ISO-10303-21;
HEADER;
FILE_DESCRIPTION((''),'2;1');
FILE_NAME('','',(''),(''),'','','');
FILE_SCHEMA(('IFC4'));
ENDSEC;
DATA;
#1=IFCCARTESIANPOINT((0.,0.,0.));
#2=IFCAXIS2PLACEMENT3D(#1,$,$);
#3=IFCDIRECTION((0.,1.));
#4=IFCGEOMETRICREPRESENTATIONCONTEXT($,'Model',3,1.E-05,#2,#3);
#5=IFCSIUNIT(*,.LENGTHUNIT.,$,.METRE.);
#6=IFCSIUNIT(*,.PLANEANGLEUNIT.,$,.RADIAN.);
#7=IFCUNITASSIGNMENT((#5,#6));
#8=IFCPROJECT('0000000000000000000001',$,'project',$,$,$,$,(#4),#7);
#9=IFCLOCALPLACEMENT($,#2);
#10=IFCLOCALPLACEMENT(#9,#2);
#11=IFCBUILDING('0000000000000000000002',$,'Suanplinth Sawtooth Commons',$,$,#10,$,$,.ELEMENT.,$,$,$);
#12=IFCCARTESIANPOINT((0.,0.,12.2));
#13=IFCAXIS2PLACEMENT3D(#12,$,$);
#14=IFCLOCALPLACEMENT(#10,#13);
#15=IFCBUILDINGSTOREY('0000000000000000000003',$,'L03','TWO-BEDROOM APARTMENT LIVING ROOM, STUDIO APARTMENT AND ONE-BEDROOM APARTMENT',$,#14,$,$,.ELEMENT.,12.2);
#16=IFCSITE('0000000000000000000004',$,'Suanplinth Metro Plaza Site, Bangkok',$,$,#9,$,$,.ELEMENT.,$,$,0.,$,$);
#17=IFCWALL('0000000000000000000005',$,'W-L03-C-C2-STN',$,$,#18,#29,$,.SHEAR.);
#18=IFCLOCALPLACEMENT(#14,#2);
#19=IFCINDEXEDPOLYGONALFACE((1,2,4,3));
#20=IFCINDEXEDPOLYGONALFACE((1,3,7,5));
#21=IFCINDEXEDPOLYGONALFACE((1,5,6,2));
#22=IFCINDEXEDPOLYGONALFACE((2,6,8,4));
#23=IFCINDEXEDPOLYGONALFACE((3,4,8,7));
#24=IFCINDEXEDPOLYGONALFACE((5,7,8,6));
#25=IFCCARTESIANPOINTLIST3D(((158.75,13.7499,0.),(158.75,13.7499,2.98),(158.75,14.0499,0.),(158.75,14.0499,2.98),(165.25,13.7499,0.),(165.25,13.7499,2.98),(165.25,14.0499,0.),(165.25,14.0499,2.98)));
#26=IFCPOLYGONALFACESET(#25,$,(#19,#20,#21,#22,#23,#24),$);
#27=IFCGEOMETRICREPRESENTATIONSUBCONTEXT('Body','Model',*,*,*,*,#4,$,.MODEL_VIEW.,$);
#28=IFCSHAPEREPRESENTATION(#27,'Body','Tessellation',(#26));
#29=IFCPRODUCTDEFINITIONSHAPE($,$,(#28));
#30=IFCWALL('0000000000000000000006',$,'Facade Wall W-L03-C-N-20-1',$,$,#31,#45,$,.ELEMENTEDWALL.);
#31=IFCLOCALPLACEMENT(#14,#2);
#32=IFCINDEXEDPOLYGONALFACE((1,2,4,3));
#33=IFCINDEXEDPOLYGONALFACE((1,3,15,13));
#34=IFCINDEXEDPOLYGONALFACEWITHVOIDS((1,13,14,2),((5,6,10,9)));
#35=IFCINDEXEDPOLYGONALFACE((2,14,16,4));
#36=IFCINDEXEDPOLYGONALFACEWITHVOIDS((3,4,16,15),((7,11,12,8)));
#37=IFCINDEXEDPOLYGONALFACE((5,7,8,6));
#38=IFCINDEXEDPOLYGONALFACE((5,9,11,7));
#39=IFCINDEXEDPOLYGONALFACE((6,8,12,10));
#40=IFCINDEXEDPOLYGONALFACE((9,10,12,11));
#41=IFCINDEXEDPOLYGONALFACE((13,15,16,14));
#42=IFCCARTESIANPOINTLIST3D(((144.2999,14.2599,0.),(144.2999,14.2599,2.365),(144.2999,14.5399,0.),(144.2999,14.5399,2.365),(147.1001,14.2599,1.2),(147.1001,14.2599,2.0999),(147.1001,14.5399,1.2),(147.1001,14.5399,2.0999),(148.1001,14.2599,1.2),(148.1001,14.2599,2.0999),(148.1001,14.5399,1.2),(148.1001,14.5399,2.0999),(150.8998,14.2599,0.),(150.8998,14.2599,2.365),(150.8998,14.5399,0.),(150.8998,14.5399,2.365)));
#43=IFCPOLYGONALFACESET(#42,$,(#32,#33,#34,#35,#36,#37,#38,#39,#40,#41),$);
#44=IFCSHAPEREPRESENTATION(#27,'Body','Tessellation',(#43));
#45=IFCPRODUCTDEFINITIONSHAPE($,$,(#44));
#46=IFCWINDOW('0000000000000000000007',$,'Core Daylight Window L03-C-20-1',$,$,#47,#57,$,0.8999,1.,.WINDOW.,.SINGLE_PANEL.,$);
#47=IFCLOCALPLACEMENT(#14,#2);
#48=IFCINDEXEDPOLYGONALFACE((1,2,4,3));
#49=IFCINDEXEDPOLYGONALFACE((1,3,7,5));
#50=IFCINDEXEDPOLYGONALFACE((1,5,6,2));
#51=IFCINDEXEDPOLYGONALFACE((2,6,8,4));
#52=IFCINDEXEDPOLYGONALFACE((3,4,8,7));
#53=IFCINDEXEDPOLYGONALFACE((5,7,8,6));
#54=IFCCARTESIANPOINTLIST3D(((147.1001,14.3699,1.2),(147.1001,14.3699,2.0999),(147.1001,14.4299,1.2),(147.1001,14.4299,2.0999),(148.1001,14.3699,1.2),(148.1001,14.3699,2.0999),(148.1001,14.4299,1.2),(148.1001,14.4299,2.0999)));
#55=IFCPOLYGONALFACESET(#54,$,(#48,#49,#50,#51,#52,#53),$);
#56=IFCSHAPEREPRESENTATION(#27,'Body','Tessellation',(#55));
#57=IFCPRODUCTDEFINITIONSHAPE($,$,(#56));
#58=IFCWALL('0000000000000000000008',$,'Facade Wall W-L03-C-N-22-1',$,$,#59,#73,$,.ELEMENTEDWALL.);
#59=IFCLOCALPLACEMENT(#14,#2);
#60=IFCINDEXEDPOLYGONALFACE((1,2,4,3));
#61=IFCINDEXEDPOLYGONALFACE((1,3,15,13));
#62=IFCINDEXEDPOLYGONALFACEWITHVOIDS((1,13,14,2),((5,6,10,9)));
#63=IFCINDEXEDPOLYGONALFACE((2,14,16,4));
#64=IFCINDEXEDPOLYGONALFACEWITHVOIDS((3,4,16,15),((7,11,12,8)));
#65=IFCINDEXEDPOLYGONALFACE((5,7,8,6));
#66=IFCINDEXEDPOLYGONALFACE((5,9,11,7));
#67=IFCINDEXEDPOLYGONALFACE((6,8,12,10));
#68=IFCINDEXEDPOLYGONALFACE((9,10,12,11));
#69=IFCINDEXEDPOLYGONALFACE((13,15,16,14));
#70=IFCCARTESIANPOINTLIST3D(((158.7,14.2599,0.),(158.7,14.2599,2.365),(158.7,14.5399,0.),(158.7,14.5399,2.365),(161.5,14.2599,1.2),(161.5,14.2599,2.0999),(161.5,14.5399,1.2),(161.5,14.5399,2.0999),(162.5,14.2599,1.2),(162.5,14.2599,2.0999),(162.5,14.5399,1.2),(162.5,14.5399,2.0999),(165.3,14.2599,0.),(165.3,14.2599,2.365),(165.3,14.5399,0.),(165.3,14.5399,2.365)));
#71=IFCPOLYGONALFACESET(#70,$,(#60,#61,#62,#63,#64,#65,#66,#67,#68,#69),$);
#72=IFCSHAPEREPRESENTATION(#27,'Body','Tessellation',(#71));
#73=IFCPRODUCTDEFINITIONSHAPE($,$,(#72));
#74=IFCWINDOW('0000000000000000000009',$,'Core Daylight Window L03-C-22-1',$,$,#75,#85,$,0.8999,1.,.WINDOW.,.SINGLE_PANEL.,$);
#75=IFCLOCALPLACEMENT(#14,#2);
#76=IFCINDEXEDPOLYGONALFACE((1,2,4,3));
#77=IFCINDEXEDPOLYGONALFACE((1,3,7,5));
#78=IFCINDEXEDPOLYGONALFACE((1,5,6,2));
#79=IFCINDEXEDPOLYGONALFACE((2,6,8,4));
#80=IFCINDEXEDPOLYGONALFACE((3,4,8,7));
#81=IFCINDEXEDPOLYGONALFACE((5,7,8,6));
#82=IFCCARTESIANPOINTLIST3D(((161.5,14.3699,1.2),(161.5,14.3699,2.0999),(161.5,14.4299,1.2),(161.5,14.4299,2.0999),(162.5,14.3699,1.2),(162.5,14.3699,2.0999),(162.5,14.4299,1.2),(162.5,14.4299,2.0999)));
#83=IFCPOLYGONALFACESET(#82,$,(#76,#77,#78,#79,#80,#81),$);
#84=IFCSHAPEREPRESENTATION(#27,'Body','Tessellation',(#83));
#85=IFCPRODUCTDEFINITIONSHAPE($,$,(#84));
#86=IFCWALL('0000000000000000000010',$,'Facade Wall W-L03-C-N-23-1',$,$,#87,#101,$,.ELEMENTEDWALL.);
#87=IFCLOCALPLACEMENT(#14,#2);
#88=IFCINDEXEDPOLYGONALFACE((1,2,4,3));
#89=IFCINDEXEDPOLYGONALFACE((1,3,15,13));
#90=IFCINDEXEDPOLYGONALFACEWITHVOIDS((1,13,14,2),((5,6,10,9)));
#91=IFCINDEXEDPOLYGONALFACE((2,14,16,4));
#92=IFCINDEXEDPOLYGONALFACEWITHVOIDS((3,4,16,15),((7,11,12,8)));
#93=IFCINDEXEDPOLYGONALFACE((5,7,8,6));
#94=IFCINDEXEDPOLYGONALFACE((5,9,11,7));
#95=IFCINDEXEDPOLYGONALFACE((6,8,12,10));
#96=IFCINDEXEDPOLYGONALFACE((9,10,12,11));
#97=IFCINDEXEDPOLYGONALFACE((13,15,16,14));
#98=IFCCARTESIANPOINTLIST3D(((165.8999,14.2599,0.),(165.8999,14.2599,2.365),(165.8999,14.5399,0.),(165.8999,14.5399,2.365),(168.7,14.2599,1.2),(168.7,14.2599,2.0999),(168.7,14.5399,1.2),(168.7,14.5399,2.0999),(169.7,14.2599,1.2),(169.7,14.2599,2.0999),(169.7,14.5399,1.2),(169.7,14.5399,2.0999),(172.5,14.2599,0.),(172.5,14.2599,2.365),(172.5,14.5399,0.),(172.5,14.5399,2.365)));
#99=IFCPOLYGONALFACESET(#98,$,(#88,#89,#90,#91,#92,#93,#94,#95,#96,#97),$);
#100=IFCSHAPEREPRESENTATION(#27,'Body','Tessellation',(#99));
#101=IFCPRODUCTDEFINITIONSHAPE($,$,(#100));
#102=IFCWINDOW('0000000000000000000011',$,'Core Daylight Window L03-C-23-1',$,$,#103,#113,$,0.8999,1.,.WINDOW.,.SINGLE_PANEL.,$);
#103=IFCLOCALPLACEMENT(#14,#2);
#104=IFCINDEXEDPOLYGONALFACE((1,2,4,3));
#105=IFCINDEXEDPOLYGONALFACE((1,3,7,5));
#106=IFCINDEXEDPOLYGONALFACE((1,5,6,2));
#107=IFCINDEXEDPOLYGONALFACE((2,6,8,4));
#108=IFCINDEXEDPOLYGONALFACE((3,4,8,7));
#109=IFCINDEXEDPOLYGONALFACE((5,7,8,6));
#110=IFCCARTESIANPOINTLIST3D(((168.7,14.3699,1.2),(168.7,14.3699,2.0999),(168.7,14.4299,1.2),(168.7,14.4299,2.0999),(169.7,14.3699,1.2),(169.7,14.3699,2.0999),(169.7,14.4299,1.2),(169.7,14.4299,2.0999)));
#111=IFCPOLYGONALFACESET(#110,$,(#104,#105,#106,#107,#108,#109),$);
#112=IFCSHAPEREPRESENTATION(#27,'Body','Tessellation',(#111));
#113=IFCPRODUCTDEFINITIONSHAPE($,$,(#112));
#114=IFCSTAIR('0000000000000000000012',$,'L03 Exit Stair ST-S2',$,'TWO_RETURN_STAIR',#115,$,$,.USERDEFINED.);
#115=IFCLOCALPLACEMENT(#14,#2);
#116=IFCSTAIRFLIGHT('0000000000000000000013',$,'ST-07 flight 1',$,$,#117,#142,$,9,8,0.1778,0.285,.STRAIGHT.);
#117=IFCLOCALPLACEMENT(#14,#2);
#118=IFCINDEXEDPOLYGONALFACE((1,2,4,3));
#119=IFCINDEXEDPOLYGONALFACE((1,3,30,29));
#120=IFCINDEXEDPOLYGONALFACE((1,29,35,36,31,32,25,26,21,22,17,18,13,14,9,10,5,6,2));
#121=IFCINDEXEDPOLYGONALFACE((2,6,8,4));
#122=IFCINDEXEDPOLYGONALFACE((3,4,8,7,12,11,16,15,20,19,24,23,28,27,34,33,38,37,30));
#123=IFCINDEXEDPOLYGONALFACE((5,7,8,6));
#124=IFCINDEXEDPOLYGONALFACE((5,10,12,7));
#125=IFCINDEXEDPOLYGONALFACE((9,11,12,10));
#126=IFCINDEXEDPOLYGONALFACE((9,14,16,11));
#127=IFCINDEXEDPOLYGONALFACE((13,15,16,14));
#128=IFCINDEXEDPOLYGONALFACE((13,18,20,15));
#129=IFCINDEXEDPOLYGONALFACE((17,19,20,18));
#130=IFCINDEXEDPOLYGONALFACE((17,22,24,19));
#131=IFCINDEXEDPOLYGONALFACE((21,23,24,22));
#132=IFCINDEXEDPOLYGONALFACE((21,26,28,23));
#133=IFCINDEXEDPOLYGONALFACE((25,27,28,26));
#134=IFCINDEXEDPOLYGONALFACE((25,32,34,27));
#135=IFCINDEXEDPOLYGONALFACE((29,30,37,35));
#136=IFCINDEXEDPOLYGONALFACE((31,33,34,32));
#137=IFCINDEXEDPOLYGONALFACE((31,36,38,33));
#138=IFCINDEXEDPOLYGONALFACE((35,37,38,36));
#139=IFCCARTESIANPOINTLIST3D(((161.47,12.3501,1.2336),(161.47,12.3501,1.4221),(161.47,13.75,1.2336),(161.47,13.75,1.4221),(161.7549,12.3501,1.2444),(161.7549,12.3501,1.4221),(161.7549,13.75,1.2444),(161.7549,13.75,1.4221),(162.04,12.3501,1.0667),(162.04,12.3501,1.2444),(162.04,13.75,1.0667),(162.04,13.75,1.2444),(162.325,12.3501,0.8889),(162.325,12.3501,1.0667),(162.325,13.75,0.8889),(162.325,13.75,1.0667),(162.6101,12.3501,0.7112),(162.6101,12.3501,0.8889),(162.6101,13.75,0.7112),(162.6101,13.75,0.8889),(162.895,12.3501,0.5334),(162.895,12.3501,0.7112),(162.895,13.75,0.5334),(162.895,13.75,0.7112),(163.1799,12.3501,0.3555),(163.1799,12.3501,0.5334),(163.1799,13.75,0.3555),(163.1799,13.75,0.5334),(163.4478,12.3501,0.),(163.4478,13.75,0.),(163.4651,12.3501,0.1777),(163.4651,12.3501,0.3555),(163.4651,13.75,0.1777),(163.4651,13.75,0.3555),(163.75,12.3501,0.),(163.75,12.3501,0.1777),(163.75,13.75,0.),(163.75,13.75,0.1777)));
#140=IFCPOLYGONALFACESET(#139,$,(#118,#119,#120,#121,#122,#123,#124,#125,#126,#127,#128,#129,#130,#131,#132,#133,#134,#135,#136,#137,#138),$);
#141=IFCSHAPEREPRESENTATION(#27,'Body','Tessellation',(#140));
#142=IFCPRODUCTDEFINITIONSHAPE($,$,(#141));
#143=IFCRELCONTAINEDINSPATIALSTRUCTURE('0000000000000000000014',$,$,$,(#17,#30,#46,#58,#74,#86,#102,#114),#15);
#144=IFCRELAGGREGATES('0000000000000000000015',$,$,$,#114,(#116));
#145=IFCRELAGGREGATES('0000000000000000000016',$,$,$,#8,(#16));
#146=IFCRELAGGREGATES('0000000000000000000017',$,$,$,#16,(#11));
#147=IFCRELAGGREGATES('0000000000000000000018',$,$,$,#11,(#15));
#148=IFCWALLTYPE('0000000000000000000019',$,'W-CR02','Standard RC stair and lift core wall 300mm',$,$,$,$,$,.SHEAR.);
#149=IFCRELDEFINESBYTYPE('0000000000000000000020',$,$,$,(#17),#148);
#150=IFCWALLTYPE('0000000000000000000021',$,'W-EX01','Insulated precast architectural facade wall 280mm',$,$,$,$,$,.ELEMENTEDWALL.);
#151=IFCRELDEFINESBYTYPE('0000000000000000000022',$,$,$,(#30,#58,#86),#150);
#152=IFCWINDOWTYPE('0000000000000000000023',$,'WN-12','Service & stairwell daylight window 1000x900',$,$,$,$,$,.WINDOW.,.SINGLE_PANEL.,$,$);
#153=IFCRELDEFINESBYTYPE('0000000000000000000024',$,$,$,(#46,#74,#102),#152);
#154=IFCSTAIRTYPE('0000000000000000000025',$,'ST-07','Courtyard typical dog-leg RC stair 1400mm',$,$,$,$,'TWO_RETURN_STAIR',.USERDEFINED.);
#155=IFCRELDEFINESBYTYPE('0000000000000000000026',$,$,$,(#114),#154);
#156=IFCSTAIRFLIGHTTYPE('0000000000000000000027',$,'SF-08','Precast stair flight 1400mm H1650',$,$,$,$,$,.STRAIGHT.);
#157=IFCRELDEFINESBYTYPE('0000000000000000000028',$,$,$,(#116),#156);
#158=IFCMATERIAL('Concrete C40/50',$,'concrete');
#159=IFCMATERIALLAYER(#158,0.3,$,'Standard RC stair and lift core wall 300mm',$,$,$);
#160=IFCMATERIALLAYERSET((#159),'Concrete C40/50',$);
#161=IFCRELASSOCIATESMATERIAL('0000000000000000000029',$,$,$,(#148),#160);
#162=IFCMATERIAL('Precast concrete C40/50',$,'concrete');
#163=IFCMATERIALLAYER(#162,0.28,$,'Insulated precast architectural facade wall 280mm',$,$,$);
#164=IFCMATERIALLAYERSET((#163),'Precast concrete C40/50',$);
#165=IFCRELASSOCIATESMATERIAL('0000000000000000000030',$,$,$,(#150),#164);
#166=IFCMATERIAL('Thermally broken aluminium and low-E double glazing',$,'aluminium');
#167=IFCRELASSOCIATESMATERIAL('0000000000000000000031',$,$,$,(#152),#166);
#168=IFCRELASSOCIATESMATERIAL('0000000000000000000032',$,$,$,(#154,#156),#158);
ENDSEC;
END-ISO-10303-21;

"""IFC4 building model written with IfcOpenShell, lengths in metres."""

from ifc_helpers import new_model, si_unit, direction, frame, frame_2d, origin, place, context, subcontext, project, spatial, polyline, rectangle, outline, extrude, material, layer, layer_set, type_object, element, fill, aggregate, save


model = new_model("IFC4")

# Units and contexts
model_context = context("Model", 3, precision=1e-05, world=origin(), true_north=direction((0.0, 1.0)))
body_context = subcontext(model_context, "Body", "Model", "MODEL_VIEW")
ifc_project = project(units=[si_unit("LENGTHUNIT", "METRE"), si_unit("PLANEANGLEUNIT", "RADIAN")], contexts=[model_context])

# Site, building, storey
site_placement = place(None, origin())
site = spatial("IfcSite", under=ifc_project, at=site_placement, Name="Suanplinth Metro Plaza Site, Bangkok", CompositionType="ELEMENT", RefElevation=0.0)
building_placement = place(site_placement, origin())
building = spatial("IfcBuilding", under=site, at=building_placement, Name="Suanplinth Sawtooth Commons", CompositionType="ELEMENT")
storey_placement = place(building_placement, frame((0.0, 0.0, 12.2)))
storey = spatial("IfcBuildingStorey", under=building, at=storey_placement, Name="L03", Description="TWO-BEDROOM APARTMENT LIVING ROOM, STUDIO APARTMENT AND ONE-BEDROOM APARTMENT", CompositionType="ELEMENT", Elevation=12.2)

# Shared definitions
ifc_material_1 = material(Name="Precast concrete C40/50", Category="concrete")

# Wall
ifc_material_2 = material(Name="Concrete C40/50", Category="concrete")
ifc_layer_1 = layer(ifc_material_2, 0.3, Name="Standard RC stair and lift core wall 300mm")
ifc_layer_set_1 = layer_set([ifc_layer_1], Name="Concrete C40/50")
wall_type_1 = type_object("IfcWallType", Name="W-CR02", Description="Standard RC stair and lift core wall 300mm", PredefinedType="SHEAR", material=ifc_layer_set_1)
wall_1_placement = place(storey_placement, frame((158.75, 13.8999, 0.0), z_axis=(0.0, 0.0, 1.0), x_axis=(1.0, 0.0, 0.0)))
element("IfcWall", 1, at=wall_1_placement, inside=storey, type_object=wall_type_1, Name="W-L03-C-C2-STN", PredefinedType="SHEAR", context=body_context, shape_type="SweptSolid", body=[
    extrude(rectangle(XDim=6.5, YDim=0.3, at=frame_2d((3.25, 0.0))), origin(), (0.0, 0.0, 1.0), 2.98),
])

# Wall, opening, window
ifc_layer_2 = layer(ifc_material_1, 0.28, Name="Insulated precast architectural facade wall 280mm")
ifc_layer_set_2 = layer_set([ifc_layer_2], Name="Precast concrete C40/50")
wall_type_2 = type_object("IfcWallType", Name="W-EX01", Description="Insulated precast architectural facade wall 280mm", PredefinedType="ELEMENTEDWALL", material=ifc_layer_set_2)
wall_2_placement = place(storey_placement, frame((144.3, 14.3999, 0.0), z_axis=(0.0, 0.0, 1.0), x_axis=(1.0, 0.0, 0.0)))
wall_2 = element("IfcWall", 2, at=wall_2_placement, inside=storey, type_object=wall_type_2, Name="Facade Wall W-L03-C-N-20-1", PredefinedType="ELEMENTEDWALL", context=body_context, shape_type="SweptSolid", body=[
    extrude(rectangle(XDim=6.5999, YDim=0.28, at=frame_2d((3.2998, 0.0))), origin(), (0.0, 0.0, 1.0), 2.365),
])
opening_1_placement = place(wall_2_placement, frame((2.8, 0.0, 1.2)))
opening_1 = element("IfcOpeningElement", 3, at=opening_1_placement, cuts=wall_2, PredefinedType="OPENING", context=body_context, shape_type="SweptSolid", body=[
    extrude(rectangle(XDim=1.0, YDim=0.8999, at=frame_2d((0.5, 0.45))), frame((0.0, 0.1548, 0.0), z_axis=(0.0, -1.0, 0.0), x_axis=(1.0, 0.0, 0.0)), (0.0, 0.0, 1.0), 0.3098),
])
ifc_material_3 = material(Name="Thermally broken aluminium and low-E double glazing", Category="aluminium")
window_type_1 = type_object("IfcWindowType", Name="WN-12", Description="Service & stairwell daylight window 1000x900", PartitioningType="SINGLE_PANEL", PredefinedType="WINDOW", material=ifc_material_3)
window_1_placement = place(opening_1_placement, origin())
window_1 = element("IfcWindow", 4, at=window_1_placement, inside=storey, type_object=window_type_1, Name="Core Daylight Window L03-C-20-1", OverallHeight=0.8999, OverallWidth=1.0, PartitioningType="SINGLE_PANEL", PredefinedType="WINDOW", context=body_context, shape_type="SweptSolid", body=[
    extrude(rectangle(XDim=1.0, YDim=0.8999, at=frame_2d((0.5, 0.45))), frame((0.0, 0.03, 0.0), z_axis=(0.0, -1.0, 0.0), x_axis=(1.0, 0.0, 0.0)), (0.0, 0.0, 1.0), 0.0601),
])
fill(opening_1, window_1)

# Walls, openings, windows
wall_3_placement = place(storey_placement, frame((158.7, 14.3999, 0.0), z_axis=(0.0, 0.0, 1.0), x_axis=(1.0, 0.0, 0.0)))
wall_3 = element("IfcWall", 5, at=wall_3_placement, inside=storey, type_object=wall_type_2, Name="Facade Wall W-L03-C-N-22-1", PredefinedType="ELEMENTEDWALL", context=body_context, shape_type="SweptSolid", body=[
    extrude(rectangle(XDim=6.6001, YDim=0.28, at=frame_2d((3.3, 0.0))), origin(), (0.0, 0.0, 1.0), 2.365),
])
opening_2_placement = place(wall_3_placement, frame((2.8, 0.0, 1.2)))
opening_2 = element("IfcOpeningElement", 6, at=opening_2_placement, cuts=wall_3, PredefinedType="OPENING", context=body_context, shape_type="SweptSolid", body=[
    extrude(rectangle(XDim=1.0, YDim=0.8999, at=frame_2d((0.5, 0.45))), frame((0.0, 0.1548, 0.0), z_axis=(0.0, -1.0, 0.0), x_axis=(1.0, 0.0, 0.0)), (0.0, 0.0, 1.0), 0.3098),
])
window_2_placement = place(opening_2_placement, origin())
window_2 = element("IfcWindow", 7, at=window_2_placement, inside=storey, type_object=window_type_1, Name="Core Daylight Window L03-C-22-1", OverallHeight=0.8999, OverallWidth=1.0, PartitioningType="SINGLE_PANEL", PredefinedType="WINDOW", context=body_context, shape_type="SweptSolid", body=[
    extrude(rectangle(XDim=1.0, YDim=0.8999, at=frame_2d((0.5, 0.45))), frame((0.0, 0.03, 0.0), z_axis=(0.0, -1.0, 0.0), x_axis=(1.0, 0.0, 0.0)), (0.0, 0.0, 1.0), 0.0601),
])
fill(opening_2, window_2)
wall_4_placement = place(storey_placement, frame((165.8999, 14.3999, 0.0), z_axis=(0.0, 0.0, 1.0), x_axis=(1.0, 0.0, 0.0)))
wall_4 = element("IfcWall", 8, at=wall_4_placement, inside=storey, type_object=wall_type_2, Name="Facade Wall W-L03-C-N-23-1", PredefinedType="ELEMENTEDWALL", context=body_context, shape_type="SweptSolid", body=[
    extrude(rectangle(XDim=6.6001, YDim=0.28, at=frame_2d((3.3, 0.0))), origin(), (0.0, 0.0, 1.0), 2.365),
])
opening_3_placement = place(wall_4_placement, frame((2.8, 0.0, 1.2)))
opening_3 = element("IfcOpeningElement", 9, at=opening_3_placement, cuts=wall_4, PredefinedType="OPENING", context=body_context, shape_type="SweptSolid", body=[
    extrude(rectangle(XDim=1.0, YDim=0.8999, at=frame_2d((0.5, 0.45))), frame((0.0, 0.1548, 0.0), z_axis=(0.0, -1.0, 0.0), x_axis=(1.0, 0.0, 0.0)), (0.0, 0.0, 1.0), 0.3098),
])
window_3_placement = place(opening_3_placement, origin())
window_3 = element("IfcWindow", 10, at=window_3_placement, inside=storey, type_object=window_type_1, Name="Core Daylight Window L03-C-23-1", OverallHeight=0.8999, OverallWidth=1.0, PartitioningType="SINGLE_PANEL", PredefinedType="WINDOW", context=body_context, shape_type="SweptSolid", body=[
    extrude(rectangle(XDim=1.0, YDim=0.8999, at=frame_2d((0.5, 0.45))), frame((0.0, 0.03, 0.0), z_axis=(0.0, -1.0, 0.0), x_axis=(1.0, 0.0, 0.0)), (0.0, 0.0, 1.0), 0.0601),
])
fill(opening_3, window_3)

# Stair, stair flight
stair_type = type_object("IfcStairType", Name="ST-07", Description="Courtyard typical dog-leg RC stair 1400mm", ElementType="TWO_RETURN_STAIR", PredefinedType="USERDEFINED", material=ifc_material_2)
stair_placement = place(storey_placement, origin())
stair = element("IfcStair", 11, at=stair_placement, inside=storey, type_object=stair_type, Name="L03 Exit Stair ST-S2", ObjectType="TWO_RETURN_STAIR", PredefinedType="USERDEFINED")
stair_flight_type = type_object("IfcStairFlightType", Name="SF-08", Description="Precast stair flight 1400mm H1650", PredefinedType="STRAIGHT", material=ifc_material_2)
stair_flight_placement = place(storey_placement, frame((163.75, 13.05, 0.0), z_axis=(0.0, 0.0, 1.0), x_axis=(-1.0, 0.0, 0.0)))
stair_flight = element("IfcStairFlight", 12, at=stair_flight_placement, type_object=stair_flight_type, Name="ST-07 flight 1", NumberOfRisers=9, NumberOfTreads=8, PredefinedType="STRAIGHT", RiserHeight=0.1778, TreadLength=0.285, context=body_context, shape_type="SweptSolid", body=[
    extrude(outline(polyline([(0.0, 0.0), (0.0, 0.1777), (0.2849, 0.1777), (0.2849, 0.3555), (0.5701, 0.3555), (0.5701, 0.5334), (0.855, 0.5334), (0.855, 0.7112), (1.1399, 0.7112), (1.1399, 0.8889), (1.425, 0.8889), (1.425, 1.0667), (1.71, 1.0667), (1.71, 1.2444), (1.9951, 1.2444), (1.9951, 1.4221), (2.28, 1.4221), (2.28, 1.6001), (2.28, 1.2336), (0.3022, 0.0), (0.0, 0.0)])), frame((0.0, 0.7, 0.0), z_axis=(0.0, -1.0, 0.0), x_axis=(1.0, 0.0, 0.0)), (0.0, 0.0, 1.0), 1.3999),
])
aggregate(stair, [stair_flight])

save(model, "model.ifc")
